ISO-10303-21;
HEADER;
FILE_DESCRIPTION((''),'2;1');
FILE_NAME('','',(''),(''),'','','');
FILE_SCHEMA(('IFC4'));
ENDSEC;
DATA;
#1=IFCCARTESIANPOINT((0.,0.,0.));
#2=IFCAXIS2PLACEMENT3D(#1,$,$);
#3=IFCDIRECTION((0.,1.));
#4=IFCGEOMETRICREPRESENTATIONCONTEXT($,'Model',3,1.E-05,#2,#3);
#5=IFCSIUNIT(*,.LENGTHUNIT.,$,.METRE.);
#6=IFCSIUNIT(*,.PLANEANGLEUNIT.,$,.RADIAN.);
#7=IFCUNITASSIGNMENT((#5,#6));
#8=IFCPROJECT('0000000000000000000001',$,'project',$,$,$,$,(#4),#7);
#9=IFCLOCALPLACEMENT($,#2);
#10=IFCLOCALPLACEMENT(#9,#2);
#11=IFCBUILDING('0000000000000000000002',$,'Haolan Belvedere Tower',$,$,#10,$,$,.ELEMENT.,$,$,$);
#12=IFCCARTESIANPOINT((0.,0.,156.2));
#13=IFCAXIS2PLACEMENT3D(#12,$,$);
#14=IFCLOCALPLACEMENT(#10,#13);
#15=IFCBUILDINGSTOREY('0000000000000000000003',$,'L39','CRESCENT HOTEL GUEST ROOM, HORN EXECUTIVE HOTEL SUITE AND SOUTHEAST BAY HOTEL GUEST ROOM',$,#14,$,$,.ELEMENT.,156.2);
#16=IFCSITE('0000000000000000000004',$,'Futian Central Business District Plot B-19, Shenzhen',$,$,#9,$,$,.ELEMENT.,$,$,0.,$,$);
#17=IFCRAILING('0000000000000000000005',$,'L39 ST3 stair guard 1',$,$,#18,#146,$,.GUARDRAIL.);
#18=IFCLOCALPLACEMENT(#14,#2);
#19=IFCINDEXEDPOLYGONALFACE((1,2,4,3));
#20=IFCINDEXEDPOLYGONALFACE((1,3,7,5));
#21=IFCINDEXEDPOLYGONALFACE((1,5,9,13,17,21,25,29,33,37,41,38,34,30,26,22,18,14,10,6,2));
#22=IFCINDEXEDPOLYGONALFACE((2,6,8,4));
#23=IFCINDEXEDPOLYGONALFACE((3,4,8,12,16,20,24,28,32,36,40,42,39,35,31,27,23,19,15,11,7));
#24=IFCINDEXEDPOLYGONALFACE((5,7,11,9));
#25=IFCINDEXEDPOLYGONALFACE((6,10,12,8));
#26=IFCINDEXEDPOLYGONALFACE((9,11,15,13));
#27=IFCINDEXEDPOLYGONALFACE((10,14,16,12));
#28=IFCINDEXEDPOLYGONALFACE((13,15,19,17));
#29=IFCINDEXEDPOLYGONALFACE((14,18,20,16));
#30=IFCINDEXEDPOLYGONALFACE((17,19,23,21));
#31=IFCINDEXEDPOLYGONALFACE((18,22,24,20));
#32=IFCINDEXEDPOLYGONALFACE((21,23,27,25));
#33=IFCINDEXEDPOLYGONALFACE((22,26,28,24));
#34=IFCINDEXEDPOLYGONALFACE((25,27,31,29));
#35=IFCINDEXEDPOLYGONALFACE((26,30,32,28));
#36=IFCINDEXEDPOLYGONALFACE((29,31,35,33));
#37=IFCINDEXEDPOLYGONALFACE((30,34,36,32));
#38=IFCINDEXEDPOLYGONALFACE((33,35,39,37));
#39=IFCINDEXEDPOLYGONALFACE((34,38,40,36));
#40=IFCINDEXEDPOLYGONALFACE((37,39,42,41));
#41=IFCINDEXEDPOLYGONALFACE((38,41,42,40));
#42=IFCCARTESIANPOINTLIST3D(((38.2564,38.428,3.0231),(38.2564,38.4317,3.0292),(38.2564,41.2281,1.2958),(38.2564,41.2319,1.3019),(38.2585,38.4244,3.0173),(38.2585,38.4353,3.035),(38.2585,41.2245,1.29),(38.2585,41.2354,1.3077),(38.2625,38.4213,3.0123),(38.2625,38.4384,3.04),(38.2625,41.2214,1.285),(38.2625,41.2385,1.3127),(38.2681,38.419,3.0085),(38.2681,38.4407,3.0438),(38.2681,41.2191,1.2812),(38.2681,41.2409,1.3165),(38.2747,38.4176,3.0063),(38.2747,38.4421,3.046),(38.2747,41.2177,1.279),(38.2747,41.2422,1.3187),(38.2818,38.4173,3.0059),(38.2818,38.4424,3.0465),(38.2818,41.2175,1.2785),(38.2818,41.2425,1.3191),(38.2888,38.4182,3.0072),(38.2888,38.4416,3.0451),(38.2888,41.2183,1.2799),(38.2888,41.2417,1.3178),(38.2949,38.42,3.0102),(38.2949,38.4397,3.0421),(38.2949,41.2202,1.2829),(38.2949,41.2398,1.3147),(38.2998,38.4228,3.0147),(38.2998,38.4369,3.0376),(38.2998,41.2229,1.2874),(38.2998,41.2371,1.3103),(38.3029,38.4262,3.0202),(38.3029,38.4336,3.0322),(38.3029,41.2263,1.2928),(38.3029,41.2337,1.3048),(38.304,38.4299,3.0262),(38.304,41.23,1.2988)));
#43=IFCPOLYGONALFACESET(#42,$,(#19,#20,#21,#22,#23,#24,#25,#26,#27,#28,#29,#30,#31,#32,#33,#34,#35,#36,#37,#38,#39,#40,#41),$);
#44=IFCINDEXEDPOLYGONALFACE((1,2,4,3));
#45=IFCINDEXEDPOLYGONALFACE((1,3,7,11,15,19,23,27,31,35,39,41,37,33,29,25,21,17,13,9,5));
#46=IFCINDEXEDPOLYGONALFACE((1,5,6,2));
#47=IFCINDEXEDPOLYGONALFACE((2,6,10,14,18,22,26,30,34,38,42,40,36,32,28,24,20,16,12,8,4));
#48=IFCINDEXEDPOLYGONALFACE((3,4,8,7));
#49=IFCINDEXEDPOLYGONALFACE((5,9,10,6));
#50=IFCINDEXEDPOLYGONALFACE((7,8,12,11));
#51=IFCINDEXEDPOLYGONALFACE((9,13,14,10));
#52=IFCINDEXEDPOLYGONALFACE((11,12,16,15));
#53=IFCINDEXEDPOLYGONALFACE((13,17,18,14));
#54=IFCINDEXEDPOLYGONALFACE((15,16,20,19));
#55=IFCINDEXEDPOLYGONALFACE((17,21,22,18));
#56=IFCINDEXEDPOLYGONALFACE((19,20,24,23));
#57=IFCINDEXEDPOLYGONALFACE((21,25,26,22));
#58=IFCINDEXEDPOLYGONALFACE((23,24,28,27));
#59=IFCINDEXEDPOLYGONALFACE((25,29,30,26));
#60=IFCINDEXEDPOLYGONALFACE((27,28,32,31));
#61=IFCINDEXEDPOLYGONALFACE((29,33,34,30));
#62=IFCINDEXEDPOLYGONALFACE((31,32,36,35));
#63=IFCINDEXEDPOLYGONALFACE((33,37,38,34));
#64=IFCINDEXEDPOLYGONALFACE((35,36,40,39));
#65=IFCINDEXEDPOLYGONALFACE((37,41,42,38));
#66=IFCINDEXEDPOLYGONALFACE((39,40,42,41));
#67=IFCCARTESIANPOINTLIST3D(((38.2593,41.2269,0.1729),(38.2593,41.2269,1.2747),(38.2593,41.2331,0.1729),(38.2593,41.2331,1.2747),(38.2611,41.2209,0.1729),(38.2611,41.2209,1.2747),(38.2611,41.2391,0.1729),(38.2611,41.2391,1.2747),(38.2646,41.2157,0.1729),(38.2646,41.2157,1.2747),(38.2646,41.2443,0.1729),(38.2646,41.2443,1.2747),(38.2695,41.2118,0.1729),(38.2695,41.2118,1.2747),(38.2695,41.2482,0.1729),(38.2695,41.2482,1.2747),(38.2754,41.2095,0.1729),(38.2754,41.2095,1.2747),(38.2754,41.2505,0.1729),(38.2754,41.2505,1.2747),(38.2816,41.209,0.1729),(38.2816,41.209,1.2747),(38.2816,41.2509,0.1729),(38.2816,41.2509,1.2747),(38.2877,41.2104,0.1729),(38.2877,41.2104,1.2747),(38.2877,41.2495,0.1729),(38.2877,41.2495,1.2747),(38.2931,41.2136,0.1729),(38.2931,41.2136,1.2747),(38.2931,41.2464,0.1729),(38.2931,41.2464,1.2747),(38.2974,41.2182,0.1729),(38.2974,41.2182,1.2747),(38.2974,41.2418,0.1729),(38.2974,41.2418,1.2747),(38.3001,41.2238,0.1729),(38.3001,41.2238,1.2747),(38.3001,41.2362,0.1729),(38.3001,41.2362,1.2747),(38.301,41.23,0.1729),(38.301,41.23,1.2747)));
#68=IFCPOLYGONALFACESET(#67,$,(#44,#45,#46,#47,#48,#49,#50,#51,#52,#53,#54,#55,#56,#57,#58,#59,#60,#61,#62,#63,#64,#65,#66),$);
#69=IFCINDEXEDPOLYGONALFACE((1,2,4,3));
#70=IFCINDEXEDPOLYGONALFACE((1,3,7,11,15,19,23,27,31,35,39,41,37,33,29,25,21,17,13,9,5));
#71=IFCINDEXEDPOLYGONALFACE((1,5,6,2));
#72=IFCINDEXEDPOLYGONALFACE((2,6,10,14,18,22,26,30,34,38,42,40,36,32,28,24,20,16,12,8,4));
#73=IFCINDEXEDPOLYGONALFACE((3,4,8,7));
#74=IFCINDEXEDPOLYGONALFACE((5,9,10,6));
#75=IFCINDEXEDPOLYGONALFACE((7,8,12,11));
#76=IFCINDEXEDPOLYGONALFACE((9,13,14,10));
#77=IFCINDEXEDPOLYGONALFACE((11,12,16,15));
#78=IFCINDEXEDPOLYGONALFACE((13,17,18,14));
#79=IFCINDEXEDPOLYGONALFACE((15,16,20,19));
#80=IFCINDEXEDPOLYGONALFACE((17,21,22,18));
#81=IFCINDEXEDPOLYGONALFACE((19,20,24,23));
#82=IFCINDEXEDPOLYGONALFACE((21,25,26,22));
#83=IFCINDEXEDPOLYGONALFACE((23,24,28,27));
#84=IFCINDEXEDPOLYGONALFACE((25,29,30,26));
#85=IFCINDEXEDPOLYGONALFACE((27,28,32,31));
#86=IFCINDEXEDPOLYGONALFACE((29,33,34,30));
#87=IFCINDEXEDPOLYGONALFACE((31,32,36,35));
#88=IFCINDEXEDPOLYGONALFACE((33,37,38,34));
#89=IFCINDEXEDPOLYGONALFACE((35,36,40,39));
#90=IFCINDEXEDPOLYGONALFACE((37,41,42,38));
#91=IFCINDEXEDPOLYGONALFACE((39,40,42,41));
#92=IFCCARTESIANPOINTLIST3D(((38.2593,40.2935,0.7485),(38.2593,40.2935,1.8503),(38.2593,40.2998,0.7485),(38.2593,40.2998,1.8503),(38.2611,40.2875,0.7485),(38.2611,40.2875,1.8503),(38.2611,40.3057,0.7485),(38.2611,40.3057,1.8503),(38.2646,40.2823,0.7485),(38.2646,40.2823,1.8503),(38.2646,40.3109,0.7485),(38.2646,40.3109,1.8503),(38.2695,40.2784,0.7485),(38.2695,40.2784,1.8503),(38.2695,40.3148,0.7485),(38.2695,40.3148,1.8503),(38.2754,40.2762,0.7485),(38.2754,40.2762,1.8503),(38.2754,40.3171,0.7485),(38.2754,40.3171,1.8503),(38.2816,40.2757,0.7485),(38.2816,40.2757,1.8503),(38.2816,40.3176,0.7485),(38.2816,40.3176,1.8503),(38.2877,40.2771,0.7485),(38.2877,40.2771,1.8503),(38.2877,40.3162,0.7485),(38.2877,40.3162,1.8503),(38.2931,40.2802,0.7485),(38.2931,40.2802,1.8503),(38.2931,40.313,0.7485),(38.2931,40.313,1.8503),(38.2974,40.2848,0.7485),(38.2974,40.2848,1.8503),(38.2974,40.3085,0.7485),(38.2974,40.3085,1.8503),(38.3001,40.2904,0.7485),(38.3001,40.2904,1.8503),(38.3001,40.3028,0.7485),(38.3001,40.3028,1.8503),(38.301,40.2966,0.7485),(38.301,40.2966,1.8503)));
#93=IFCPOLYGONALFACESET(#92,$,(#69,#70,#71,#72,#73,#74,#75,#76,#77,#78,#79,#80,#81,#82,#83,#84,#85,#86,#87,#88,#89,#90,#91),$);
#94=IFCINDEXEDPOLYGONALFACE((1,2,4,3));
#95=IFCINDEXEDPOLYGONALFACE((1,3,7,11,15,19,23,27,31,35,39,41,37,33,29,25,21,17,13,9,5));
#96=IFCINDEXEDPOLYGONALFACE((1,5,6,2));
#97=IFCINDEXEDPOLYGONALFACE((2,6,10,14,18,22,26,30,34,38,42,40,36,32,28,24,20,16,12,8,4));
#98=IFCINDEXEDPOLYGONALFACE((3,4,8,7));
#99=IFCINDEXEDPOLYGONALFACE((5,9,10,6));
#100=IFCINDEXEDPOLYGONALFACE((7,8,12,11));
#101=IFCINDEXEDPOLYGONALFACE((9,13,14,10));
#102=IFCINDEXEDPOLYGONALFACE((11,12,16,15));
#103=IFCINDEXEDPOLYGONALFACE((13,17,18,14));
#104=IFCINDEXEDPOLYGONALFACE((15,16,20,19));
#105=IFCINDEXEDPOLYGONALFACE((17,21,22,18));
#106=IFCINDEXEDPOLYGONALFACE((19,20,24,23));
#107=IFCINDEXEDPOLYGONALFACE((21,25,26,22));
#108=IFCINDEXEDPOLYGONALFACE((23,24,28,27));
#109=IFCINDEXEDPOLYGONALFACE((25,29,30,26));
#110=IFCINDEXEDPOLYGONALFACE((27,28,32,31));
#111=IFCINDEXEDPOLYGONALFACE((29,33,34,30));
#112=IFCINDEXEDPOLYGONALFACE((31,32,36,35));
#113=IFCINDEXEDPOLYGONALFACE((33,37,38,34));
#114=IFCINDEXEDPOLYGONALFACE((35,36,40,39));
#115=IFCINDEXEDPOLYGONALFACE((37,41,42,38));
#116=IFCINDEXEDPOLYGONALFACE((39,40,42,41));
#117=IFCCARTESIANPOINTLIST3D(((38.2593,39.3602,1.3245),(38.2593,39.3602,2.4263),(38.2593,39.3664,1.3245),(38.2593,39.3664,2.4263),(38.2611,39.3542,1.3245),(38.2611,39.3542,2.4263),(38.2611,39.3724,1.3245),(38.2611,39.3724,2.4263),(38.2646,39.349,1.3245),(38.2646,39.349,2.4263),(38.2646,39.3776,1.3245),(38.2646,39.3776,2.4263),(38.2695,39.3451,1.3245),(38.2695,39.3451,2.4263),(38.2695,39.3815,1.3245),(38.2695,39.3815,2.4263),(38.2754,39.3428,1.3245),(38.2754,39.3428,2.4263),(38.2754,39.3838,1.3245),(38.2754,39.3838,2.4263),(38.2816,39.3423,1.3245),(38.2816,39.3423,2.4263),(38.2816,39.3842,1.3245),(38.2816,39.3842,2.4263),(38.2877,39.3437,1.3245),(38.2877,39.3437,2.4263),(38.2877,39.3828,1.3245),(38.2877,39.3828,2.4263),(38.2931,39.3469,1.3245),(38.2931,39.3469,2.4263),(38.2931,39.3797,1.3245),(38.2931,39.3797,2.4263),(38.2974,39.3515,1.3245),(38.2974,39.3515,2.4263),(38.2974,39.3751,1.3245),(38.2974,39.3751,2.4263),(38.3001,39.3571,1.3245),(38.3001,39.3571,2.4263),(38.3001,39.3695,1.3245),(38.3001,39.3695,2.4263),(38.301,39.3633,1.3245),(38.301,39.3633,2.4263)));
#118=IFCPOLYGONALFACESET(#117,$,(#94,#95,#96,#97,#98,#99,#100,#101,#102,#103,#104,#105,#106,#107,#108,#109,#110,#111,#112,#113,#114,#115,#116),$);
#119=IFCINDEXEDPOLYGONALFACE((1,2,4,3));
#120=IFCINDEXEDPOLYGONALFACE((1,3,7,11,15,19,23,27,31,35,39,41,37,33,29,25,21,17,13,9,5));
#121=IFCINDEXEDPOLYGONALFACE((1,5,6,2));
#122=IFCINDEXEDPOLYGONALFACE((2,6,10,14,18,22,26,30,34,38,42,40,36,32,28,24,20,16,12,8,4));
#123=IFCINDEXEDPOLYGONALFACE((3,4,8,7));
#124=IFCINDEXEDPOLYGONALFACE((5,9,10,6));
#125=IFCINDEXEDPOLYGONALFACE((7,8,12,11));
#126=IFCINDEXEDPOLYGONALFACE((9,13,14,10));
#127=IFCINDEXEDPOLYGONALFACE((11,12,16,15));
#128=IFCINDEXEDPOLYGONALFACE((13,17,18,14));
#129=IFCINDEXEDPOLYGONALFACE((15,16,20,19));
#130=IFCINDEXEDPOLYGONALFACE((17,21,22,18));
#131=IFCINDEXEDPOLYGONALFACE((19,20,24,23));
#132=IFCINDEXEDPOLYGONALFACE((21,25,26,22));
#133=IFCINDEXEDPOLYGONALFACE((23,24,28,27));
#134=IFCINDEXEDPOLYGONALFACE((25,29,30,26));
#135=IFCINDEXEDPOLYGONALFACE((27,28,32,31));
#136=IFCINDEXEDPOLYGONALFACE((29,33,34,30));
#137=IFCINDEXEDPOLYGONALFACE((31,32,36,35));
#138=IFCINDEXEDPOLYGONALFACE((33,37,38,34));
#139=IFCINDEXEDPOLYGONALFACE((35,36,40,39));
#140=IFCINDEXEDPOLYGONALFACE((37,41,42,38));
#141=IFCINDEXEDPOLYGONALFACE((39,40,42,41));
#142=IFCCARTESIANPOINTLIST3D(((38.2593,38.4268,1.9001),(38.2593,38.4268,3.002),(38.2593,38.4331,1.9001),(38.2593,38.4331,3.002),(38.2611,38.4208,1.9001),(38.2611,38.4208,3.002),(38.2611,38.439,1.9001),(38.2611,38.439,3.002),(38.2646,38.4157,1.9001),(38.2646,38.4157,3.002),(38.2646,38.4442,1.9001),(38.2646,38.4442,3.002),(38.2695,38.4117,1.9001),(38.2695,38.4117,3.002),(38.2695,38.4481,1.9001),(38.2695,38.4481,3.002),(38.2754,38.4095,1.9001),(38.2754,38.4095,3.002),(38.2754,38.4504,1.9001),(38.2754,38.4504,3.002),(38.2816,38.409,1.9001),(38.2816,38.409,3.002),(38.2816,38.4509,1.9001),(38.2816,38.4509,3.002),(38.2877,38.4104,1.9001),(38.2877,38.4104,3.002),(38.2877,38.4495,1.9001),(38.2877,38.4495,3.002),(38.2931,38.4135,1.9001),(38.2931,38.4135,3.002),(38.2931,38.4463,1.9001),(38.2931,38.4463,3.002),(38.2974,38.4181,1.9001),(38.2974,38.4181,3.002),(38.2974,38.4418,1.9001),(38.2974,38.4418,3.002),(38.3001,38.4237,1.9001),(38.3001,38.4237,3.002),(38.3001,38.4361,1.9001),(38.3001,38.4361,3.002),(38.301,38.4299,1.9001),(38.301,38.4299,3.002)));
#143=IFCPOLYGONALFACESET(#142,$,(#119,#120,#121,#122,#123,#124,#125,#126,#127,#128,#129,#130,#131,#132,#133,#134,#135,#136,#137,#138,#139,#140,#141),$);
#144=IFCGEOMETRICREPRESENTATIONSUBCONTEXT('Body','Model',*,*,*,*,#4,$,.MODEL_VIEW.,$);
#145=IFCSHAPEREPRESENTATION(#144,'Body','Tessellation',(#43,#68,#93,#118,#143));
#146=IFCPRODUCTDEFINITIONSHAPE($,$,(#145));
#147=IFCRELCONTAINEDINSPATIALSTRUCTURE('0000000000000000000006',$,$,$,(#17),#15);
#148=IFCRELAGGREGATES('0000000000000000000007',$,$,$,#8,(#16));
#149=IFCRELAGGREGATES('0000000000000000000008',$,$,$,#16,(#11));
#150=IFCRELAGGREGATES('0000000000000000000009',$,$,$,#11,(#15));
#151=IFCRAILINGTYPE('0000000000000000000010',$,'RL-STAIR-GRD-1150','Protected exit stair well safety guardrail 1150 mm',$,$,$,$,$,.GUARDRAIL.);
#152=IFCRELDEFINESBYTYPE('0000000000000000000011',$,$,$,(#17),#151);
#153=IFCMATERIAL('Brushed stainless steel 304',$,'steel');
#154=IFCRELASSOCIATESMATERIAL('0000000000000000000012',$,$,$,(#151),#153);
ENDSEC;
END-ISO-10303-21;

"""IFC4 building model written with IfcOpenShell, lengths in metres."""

from ifc_helpers import new_model, si_unit, direction, frame, origin, origin_2d, place, context, subcontext, project, spatial, circle, extrude, material, type_object, element, save


model = new_model("IFC4")

# Units and contexts
model_context = context("Model", 3, precision=1e-05, world=origin(), true_north=direction((0.0, 1.0)))
body_context = subcontext(model_context, "Body", "Model", "MODEL_VIEW")
ifc_project = project(units=[si_unit("LENGTHUNIT", "METRE"), si_unit("PLANEANGLEUNIT", "RADIAN")], contexts=[model_context])

# Site, building, storey
site_placement = place(None, origin())
site = spatial("IfcSite", under=ifc_project, at=site_placement, Name="Futian Central Business District Plot B-19, Shenzhen", CompositionType="ELEMENT", RefElevation=0.0)
building_placement = place(site_placement, origin())
building = spatial("IfcBuilding", under=site, at=building_placement, Name="Haolan Belvedere Tower", CompositionType="ELEMENT")
storey_placement = place(building_placement, frame((0.0, 0.0, 156.2)))
storey = spatial("IfcBuildingStorey", under=building, at=storey_placement, Name="L39", Description="CRESCENT HOTEL GUEST ROOM, HORN EXECUTIVE HOTEL SUITE AND SOUTHEAST BAY HOTEL GUEST ROOM", CompositionType="ELEMENT", Elevation=156.2)

# Railing
ifc_material_1 = material(Name="Brushed stainless steel 304", Category="steel")
railing_type_1 = type_object("IfcRailingType", Name="RL-STAIR-GRD-1150", Description="Protected exit stair well safety guardrail 1150 mm", PredefinedType="GUARDRAIL", material=ifc_material_1)
railing_1_placement = place(storey_placement, frame((38.28, 41.23, 0.1729)))
element("IfcRailing", 1, at=railing_1_placement, inside=storey, type_object=railing_type_1, Name="L39 ST3 stair guard 1", PredefinedType="GUARDRAIL", context=body_context, shape_type="SweptSolid", body=[
    extrude(circle(Radius=0.0239, at=origin_2d()), frame((0.0, 0.0, 1.126), z_axis=(0.0, -0.85109, 0.52502), x_axis=(1.0, 0.0, 0.0)), (0.0, 0.0, 1.0), 3.29),
    extrude(circle(Radius=0.021, at=origin_2d()), origin(), (0.0, 0.0, 1.0), 1.1018),
    extrude(circle(Radius=0.021, at=origin_2d()), frame((0.0, -0.9333, 0.5757)), (0.0, 0.0, 1.0), 1.1018),
    extrude(circle(Radius=0.021, at=origin_2d()), frame((0.0, -1.8667, 1.1516)), (0.0, 0.0, 1.0), 1.1018),
    extrude(circle(Radius=0.021, at=origin_2d()), frame((0.0, -2.8, 1.7273)), (0.0, 0.0, 1.0), 1.1018),
])

save(model, "model.ifc")
